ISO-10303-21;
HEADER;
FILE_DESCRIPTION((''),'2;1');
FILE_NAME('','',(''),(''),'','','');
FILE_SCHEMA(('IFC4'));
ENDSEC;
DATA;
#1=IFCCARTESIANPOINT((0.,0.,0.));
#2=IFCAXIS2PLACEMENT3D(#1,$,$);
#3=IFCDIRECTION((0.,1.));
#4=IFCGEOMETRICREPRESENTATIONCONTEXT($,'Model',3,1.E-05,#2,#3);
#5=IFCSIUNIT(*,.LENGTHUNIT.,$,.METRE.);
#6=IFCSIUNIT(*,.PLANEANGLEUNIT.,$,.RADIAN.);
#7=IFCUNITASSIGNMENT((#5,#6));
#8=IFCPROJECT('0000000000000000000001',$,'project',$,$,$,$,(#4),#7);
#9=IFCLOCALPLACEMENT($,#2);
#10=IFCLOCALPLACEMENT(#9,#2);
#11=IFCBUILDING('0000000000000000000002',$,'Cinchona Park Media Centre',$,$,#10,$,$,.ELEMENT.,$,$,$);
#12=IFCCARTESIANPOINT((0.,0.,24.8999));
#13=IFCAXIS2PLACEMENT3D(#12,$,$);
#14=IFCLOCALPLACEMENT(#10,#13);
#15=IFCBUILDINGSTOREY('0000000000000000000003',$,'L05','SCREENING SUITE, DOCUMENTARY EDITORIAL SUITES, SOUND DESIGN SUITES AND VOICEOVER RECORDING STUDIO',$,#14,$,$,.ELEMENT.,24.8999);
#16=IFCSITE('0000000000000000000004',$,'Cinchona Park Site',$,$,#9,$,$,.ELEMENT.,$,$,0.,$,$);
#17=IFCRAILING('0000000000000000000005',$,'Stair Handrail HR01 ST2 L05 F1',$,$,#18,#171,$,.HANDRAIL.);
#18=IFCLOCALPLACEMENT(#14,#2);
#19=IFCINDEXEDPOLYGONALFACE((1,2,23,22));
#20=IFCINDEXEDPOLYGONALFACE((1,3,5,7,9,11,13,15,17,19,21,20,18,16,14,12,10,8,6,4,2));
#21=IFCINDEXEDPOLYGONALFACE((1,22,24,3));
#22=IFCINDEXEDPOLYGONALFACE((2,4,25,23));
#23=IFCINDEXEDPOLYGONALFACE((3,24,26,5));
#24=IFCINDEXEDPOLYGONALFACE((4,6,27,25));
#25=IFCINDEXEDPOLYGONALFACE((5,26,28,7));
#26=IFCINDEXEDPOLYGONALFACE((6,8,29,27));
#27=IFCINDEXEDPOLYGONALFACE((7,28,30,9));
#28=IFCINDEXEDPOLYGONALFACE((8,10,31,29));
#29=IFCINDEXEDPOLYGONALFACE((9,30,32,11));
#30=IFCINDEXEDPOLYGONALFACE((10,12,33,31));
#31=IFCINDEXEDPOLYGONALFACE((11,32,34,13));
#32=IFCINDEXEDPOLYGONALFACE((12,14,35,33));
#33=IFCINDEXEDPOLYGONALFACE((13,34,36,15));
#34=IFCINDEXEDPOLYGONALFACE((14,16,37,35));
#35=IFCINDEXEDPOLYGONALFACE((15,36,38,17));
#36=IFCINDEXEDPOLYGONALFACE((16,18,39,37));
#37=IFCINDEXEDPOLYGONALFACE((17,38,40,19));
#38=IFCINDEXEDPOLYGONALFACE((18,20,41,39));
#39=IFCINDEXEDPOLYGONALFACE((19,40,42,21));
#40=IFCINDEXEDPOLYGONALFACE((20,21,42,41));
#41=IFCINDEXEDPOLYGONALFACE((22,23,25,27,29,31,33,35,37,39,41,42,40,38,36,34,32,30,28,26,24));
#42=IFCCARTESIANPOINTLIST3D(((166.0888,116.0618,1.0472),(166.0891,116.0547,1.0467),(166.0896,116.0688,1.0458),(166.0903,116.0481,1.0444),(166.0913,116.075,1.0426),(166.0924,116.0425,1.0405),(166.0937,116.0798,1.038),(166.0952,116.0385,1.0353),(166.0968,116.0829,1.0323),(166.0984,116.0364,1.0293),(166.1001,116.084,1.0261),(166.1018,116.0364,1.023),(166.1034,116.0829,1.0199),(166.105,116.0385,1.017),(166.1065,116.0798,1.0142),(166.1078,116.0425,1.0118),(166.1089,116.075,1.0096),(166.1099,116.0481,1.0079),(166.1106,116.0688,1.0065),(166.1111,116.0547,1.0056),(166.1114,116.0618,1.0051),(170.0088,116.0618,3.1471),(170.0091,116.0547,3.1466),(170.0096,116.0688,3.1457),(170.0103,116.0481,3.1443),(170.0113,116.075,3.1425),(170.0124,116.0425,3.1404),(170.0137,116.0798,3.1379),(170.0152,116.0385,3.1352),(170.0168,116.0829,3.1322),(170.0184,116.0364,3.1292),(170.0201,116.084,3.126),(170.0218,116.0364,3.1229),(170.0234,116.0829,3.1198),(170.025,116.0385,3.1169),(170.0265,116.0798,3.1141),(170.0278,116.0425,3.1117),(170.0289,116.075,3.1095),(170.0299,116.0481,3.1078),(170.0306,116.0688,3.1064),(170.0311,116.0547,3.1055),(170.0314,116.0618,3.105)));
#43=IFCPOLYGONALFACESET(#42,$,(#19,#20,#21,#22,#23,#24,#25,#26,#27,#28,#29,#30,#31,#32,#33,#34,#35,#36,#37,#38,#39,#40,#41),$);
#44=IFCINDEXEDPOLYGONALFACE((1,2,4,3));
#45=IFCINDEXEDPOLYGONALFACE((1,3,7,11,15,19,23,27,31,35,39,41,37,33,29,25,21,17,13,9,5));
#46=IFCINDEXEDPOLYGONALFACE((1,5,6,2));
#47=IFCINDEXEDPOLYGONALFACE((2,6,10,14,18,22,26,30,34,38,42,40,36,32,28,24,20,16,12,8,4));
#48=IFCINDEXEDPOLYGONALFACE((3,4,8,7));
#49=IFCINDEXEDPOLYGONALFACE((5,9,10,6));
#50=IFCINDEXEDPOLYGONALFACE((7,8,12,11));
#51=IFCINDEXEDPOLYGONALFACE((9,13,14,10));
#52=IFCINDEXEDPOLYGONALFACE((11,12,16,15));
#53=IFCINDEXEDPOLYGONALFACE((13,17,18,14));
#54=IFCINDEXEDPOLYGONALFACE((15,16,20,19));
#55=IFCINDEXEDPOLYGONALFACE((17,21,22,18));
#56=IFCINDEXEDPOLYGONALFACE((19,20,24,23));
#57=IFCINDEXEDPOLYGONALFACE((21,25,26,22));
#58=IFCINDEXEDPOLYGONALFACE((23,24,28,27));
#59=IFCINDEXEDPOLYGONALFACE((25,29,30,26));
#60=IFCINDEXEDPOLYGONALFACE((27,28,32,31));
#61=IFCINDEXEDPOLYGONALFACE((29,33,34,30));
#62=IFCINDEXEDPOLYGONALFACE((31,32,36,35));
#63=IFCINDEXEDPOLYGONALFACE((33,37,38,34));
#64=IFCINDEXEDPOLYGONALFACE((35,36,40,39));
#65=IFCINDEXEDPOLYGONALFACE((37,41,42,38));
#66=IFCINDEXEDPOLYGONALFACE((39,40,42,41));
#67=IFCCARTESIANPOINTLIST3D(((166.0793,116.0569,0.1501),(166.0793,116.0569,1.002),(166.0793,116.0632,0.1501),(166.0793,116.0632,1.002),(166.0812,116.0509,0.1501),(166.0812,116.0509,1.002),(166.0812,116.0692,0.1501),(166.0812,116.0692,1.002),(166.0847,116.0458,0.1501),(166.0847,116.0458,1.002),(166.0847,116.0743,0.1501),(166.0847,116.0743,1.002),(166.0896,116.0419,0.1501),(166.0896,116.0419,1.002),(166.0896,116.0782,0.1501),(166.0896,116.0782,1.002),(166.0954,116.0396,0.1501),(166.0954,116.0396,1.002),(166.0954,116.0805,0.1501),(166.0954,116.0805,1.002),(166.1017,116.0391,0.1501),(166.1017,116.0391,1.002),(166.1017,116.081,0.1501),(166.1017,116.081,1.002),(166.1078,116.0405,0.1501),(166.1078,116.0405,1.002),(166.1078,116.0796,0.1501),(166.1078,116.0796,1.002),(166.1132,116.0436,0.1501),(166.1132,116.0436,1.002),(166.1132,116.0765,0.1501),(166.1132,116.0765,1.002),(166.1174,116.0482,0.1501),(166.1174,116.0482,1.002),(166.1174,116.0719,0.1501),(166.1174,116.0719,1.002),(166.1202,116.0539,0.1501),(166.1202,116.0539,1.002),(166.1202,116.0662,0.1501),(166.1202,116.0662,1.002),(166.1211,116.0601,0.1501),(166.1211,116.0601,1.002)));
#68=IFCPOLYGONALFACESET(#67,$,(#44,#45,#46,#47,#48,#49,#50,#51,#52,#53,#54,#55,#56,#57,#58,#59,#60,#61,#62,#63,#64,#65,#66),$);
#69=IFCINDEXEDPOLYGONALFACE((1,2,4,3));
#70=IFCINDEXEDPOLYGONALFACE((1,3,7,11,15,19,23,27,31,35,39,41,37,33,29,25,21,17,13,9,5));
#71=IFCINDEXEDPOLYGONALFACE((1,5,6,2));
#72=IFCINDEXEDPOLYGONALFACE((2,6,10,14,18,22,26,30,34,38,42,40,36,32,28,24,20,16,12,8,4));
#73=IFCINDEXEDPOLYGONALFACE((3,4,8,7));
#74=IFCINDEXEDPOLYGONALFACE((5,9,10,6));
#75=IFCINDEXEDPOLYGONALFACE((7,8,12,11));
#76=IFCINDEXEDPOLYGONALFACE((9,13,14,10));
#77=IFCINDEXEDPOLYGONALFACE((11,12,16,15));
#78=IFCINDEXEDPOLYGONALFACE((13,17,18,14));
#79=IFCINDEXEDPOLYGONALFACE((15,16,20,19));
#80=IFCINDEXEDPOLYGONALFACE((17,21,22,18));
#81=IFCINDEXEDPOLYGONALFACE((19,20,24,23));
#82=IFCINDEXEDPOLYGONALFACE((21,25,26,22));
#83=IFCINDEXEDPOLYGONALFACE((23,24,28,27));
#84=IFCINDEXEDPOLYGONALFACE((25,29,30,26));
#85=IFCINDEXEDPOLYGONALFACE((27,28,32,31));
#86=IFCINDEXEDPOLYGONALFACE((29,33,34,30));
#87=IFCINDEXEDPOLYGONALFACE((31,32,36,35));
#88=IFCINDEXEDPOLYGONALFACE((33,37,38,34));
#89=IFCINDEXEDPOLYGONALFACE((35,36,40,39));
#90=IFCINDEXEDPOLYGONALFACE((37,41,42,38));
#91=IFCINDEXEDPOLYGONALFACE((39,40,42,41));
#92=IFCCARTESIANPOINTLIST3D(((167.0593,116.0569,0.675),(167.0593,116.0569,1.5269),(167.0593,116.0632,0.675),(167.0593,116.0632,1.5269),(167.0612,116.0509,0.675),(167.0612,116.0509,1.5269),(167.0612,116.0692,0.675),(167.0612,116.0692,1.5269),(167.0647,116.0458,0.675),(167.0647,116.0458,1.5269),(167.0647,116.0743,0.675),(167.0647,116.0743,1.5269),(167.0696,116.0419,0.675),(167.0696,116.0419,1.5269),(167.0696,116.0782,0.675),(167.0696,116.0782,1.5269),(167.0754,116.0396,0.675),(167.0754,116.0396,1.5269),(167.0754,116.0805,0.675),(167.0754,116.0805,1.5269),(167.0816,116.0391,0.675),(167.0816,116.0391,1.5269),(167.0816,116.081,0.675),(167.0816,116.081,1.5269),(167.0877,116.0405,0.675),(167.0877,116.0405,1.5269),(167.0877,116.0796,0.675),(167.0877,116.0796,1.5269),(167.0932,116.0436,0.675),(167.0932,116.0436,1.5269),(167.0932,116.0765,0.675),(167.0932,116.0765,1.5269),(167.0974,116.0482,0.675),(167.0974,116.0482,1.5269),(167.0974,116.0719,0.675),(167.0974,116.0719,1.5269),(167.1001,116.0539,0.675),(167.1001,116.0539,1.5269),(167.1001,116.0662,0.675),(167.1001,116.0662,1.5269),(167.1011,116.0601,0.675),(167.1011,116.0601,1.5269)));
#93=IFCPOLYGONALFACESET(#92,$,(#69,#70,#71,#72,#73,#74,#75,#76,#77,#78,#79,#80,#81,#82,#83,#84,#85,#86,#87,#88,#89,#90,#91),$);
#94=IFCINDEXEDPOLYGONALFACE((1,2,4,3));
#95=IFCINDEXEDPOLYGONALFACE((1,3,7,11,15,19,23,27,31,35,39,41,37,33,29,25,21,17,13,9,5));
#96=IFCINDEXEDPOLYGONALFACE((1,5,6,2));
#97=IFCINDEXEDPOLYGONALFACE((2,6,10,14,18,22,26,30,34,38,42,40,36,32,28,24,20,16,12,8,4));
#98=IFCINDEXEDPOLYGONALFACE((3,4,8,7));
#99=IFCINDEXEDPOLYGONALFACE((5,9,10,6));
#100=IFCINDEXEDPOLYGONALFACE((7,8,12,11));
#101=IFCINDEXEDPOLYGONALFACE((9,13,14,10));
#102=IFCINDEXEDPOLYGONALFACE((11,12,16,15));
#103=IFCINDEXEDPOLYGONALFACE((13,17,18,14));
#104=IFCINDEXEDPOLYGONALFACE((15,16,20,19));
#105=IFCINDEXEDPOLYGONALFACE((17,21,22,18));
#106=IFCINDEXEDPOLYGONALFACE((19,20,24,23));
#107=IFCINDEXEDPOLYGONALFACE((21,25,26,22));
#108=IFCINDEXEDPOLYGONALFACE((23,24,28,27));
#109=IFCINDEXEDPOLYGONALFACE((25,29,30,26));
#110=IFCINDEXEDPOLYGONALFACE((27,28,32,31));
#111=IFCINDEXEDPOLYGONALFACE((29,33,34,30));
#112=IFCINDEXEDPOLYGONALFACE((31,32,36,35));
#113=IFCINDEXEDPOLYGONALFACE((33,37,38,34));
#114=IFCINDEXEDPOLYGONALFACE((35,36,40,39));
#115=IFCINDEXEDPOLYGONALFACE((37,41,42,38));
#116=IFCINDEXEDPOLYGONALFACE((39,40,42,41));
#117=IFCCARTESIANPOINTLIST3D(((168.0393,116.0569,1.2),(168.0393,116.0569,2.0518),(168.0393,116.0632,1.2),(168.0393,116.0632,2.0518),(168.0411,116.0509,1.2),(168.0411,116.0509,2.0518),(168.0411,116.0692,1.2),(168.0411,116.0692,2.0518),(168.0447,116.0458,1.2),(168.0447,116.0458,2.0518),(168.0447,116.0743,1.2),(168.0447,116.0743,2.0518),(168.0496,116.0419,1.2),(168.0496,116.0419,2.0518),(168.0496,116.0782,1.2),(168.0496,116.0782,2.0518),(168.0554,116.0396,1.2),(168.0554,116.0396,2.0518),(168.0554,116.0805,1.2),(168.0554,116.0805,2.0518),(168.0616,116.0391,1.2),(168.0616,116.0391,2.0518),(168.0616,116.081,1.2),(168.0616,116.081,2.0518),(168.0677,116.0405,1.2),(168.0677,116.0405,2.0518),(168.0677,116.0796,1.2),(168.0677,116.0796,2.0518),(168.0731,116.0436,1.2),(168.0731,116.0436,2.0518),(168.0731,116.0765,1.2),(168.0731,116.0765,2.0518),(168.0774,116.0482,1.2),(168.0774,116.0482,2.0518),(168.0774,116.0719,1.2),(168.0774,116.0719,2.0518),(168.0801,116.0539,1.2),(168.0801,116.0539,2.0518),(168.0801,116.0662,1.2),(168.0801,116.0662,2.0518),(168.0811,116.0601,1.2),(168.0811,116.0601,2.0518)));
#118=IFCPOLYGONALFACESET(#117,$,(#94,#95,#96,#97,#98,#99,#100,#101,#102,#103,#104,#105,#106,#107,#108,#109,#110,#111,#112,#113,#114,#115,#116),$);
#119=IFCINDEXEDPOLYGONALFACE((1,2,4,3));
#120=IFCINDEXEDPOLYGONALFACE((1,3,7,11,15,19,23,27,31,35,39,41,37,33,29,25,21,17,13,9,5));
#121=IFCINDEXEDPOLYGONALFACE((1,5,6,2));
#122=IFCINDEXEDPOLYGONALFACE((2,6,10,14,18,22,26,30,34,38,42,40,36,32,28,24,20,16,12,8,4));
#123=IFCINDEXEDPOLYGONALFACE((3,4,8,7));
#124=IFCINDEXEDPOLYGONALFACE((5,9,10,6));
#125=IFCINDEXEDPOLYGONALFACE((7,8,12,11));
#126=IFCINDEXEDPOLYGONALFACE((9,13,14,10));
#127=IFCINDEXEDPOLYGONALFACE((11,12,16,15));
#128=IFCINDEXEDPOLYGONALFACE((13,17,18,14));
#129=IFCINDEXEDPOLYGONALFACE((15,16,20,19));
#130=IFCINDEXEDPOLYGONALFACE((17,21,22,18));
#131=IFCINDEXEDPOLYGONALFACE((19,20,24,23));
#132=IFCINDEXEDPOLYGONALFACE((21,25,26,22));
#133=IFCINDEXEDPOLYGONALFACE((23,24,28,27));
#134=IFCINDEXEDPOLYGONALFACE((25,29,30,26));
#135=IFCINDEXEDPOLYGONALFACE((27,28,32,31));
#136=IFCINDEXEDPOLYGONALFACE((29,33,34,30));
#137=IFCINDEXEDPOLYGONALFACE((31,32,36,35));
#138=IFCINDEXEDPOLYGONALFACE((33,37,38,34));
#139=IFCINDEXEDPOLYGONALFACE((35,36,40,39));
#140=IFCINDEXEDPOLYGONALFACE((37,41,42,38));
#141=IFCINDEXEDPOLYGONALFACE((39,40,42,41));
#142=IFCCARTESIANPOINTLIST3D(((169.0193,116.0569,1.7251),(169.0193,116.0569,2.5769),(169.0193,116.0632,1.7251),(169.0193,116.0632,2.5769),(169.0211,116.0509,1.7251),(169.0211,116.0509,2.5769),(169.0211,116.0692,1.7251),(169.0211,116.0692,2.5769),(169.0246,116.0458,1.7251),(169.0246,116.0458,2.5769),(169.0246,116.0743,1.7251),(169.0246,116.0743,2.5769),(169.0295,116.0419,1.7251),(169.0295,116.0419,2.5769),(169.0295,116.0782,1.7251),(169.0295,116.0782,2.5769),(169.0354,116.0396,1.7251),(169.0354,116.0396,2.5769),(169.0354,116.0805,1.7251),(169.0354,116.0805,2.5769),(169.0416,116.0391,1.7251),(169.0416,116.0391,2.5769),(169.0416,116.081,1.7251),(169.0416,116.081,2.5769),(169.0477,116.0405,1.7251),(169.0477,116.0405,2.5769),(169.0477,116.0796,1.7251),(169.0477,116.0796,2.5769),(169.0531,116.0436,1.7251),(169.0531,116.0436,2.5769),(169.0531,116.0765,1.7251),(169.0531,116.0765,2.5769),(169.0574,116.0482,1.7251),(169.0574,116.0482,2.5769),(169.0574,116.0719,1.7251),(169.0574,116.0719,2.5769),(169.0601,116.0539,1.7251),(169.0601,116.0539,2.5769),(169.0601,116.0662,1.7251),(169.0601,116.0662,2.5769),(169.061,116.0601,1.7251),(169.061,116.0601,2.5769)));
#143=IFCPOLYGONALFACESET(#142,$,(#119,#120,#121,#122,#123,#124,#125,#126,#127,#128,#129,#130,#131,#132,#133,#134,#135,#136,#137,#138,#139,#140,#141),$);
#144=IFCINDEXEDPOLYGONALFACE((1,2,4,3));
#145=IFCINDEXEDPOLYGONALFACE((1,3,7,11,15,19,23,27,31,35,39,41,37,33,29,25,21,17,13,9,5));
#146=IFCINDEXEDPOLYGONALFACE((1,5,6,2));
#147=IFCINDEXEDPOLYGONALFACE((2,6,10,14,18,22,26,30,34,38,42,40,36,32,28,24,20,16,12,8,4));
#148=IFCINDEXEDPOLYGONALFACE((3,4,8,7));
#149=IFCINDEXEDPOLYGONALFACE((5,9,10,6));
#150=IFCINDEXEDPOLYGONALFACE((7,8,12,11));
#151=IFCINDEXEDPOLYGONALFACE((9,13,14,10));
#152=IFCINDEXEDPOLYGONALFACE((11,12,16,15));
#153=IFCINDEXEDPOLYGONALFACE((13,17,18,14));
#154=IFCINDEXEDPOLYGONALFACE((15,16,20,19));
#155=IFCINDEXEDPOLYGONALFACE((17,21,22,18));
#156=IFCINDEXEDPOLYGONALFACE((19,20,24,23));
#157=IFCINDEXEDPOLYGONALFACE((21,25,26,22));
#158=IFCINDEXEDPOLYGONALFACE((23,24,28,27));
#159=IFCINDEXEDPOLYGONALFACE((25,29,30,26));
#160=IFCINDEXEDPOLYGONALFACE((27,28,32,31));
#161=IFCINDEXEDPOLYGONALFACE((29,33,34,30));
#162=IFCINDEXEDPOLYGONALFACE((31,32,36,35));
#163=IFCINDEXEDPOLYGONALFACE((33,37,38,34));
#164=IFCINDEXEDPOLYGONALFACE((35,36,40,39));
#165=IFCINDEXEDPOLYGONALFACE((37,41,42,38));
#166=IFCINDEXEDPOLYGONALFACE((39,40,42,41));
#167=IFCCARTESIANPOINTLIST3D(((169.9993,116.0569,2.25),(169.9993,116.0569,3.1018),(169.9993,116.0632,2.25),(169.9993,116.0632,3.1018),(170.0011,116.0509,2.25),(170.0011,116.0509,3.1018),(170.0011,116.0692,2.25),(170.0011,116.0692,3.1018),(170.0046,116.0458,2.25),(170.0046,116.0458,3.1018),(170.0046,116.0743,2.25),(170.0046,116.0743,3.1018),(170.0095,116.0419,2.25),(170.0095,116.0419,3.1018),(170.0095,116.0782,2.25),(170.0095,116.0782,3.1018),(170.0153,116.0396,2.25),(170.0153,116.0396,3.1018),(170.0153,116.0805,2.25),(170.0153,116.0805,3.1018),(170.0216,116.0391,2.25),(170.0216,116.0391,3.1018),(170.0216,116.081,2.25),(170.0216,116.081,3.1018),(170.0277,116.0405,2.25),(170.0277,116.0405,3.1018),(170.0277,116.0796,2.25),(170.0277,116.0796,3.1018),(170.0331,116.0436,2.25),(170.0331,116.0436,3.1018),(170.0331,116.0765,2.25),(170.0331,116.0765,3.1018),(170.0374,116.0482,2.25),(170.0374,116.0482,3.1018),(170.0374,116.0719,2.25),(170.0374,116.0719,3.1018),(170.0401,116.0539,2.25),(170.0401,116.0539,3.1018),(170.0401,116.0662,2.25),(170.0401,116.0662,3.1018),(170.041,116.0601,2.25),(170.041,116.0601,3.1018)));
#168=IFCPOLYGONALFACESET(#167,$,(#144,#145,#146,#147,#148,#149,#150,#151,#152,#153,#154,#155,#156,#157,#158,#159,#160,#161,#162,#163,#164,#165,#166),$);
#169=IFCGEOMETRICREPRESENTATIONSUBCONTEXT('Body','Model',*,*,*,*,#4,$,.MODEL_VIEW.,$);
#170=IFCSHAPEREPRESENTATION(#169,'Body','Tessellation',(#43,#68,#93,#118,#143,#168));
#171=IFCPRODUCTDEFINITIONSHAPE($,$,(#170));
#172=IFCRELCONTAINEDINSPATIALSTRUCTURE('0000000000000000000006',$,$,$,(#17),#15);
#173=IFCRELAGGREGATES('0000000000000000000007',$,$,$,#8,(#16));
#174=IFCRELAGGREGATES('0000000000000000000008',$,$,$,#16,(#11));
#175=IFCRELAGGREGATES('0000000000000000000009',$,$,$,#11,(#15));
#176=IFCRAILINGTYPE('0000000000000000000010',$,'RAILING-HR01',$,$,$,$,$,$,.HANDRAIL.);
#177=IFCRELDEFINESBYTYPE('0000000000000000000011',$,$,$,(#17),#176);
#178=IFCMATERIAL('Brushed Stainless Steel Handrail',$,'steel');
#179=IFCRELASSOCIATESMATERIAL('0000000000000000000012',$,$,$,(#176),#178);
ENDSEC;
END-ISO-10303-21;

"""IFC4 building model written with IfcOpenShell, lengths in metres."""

from ifc_helpers import new_model, si_unit, direction, frame, origin, origin_2d, place, context, subcontext, project, spatial, circle, extrude, material, type_object, element, save


model = new_model("IFC4")

# Units and contexts
model_context = context("Model", 3, precision=1e-05, world=origin(), true_north=direction((0.0, 1.0)))
body_context = subcontext(model_context, "Body", "Model", "MODEL_VIEW")
ifc_project = project(units=[si_unit("LENGTHUNIT", "METRE"), si_unit("PLANEANGLEUNIT", "RADIAN")], contexts=[model_context])

# Site, building, storey
site_placement = place(None, origin())
site = spatial("IfcSite", under=ifc_project, at=site_placement, Name="Cinchona Park Site", CompositionType="ELEMENT", RefElevation=0.0)
building_placement = place(site_placement, origin())
building = spatial("IfcBuilding", under=site, at=building_placement, Name="Cinchona Park Media Centre", CompositionType="ELEMENT")
storey_placement = place(building_placement, frame((0.0, 0.0, 24.8999)))
storey = spatial("IfcBuildingStorey", under=building, at=storey_placement, Name="L05", Description="SCREENING SUITE, DOCUMENTARY EDITORIAL SUITES, SOUND DESIGN SUITES AND VOICEOVER RECORDING STUDIO", CompositionType="ELEMENT", Elevation=24.8999)

# Railing
ifc_material_1 = material(Name="Brushed Stainless Steel Handrail", Category="steel")
railing_type_1 = type_object("IfcRailingType", Name="RAILING-HR01", PredefinedType="HANDRAIL", material=ifc_material_1)
railing_1_placement = place(storey_placement, frame((166.1001, 116.0601, 0.1501)))
element("IfcRailing", 1, at=railing_1_placement, inside=storey, type_object=railing_type_1, Name="Stair Handrail HR01 ST2 L05 F1", PredefinedType="HANDRAIL", context=body_context, shape_type="SweptSolid", body=[
    extrude(circle(Radius=0.0239, at=origin_2d()), frame((0.0, 0.0, 0.876), z_axis=(0.88149, 0.0, 0.472203), x_axis=(0.0, 1.0, 0.0)), (0.0, 0.0, 1.0), 4.447),
    extrude(circle(Radius=0.021, at=origin_2d()), origin(), (0.0, 0.0, 1.0), 0.8518),
    extrude(circle(Radius=0.021, at=origin_2d()), frame((0.98, 0.0, 0.5249)), (0.0, 0.0, 1.0), 0.8518),
    extrude(circle(Radius=0.021, at=origin_2d()), frame((1.96, 0.0, 1.0498)), (0.0, 0.0, 1.0), 0.8518),
    extrude(circle(Radius=0.021, at=origin_2d()), frame((2.9399, 0.0, 1.575)), (0.0, 0.0, 1.0), 0.8518),
    extrude(circle(Radius=0.021, at=origin_2d()), frame((3.9199, 0.0, 2.0999)), (0.0, 0.0, 1.0), 0.8518),
])

save(model, "model.ifc")
